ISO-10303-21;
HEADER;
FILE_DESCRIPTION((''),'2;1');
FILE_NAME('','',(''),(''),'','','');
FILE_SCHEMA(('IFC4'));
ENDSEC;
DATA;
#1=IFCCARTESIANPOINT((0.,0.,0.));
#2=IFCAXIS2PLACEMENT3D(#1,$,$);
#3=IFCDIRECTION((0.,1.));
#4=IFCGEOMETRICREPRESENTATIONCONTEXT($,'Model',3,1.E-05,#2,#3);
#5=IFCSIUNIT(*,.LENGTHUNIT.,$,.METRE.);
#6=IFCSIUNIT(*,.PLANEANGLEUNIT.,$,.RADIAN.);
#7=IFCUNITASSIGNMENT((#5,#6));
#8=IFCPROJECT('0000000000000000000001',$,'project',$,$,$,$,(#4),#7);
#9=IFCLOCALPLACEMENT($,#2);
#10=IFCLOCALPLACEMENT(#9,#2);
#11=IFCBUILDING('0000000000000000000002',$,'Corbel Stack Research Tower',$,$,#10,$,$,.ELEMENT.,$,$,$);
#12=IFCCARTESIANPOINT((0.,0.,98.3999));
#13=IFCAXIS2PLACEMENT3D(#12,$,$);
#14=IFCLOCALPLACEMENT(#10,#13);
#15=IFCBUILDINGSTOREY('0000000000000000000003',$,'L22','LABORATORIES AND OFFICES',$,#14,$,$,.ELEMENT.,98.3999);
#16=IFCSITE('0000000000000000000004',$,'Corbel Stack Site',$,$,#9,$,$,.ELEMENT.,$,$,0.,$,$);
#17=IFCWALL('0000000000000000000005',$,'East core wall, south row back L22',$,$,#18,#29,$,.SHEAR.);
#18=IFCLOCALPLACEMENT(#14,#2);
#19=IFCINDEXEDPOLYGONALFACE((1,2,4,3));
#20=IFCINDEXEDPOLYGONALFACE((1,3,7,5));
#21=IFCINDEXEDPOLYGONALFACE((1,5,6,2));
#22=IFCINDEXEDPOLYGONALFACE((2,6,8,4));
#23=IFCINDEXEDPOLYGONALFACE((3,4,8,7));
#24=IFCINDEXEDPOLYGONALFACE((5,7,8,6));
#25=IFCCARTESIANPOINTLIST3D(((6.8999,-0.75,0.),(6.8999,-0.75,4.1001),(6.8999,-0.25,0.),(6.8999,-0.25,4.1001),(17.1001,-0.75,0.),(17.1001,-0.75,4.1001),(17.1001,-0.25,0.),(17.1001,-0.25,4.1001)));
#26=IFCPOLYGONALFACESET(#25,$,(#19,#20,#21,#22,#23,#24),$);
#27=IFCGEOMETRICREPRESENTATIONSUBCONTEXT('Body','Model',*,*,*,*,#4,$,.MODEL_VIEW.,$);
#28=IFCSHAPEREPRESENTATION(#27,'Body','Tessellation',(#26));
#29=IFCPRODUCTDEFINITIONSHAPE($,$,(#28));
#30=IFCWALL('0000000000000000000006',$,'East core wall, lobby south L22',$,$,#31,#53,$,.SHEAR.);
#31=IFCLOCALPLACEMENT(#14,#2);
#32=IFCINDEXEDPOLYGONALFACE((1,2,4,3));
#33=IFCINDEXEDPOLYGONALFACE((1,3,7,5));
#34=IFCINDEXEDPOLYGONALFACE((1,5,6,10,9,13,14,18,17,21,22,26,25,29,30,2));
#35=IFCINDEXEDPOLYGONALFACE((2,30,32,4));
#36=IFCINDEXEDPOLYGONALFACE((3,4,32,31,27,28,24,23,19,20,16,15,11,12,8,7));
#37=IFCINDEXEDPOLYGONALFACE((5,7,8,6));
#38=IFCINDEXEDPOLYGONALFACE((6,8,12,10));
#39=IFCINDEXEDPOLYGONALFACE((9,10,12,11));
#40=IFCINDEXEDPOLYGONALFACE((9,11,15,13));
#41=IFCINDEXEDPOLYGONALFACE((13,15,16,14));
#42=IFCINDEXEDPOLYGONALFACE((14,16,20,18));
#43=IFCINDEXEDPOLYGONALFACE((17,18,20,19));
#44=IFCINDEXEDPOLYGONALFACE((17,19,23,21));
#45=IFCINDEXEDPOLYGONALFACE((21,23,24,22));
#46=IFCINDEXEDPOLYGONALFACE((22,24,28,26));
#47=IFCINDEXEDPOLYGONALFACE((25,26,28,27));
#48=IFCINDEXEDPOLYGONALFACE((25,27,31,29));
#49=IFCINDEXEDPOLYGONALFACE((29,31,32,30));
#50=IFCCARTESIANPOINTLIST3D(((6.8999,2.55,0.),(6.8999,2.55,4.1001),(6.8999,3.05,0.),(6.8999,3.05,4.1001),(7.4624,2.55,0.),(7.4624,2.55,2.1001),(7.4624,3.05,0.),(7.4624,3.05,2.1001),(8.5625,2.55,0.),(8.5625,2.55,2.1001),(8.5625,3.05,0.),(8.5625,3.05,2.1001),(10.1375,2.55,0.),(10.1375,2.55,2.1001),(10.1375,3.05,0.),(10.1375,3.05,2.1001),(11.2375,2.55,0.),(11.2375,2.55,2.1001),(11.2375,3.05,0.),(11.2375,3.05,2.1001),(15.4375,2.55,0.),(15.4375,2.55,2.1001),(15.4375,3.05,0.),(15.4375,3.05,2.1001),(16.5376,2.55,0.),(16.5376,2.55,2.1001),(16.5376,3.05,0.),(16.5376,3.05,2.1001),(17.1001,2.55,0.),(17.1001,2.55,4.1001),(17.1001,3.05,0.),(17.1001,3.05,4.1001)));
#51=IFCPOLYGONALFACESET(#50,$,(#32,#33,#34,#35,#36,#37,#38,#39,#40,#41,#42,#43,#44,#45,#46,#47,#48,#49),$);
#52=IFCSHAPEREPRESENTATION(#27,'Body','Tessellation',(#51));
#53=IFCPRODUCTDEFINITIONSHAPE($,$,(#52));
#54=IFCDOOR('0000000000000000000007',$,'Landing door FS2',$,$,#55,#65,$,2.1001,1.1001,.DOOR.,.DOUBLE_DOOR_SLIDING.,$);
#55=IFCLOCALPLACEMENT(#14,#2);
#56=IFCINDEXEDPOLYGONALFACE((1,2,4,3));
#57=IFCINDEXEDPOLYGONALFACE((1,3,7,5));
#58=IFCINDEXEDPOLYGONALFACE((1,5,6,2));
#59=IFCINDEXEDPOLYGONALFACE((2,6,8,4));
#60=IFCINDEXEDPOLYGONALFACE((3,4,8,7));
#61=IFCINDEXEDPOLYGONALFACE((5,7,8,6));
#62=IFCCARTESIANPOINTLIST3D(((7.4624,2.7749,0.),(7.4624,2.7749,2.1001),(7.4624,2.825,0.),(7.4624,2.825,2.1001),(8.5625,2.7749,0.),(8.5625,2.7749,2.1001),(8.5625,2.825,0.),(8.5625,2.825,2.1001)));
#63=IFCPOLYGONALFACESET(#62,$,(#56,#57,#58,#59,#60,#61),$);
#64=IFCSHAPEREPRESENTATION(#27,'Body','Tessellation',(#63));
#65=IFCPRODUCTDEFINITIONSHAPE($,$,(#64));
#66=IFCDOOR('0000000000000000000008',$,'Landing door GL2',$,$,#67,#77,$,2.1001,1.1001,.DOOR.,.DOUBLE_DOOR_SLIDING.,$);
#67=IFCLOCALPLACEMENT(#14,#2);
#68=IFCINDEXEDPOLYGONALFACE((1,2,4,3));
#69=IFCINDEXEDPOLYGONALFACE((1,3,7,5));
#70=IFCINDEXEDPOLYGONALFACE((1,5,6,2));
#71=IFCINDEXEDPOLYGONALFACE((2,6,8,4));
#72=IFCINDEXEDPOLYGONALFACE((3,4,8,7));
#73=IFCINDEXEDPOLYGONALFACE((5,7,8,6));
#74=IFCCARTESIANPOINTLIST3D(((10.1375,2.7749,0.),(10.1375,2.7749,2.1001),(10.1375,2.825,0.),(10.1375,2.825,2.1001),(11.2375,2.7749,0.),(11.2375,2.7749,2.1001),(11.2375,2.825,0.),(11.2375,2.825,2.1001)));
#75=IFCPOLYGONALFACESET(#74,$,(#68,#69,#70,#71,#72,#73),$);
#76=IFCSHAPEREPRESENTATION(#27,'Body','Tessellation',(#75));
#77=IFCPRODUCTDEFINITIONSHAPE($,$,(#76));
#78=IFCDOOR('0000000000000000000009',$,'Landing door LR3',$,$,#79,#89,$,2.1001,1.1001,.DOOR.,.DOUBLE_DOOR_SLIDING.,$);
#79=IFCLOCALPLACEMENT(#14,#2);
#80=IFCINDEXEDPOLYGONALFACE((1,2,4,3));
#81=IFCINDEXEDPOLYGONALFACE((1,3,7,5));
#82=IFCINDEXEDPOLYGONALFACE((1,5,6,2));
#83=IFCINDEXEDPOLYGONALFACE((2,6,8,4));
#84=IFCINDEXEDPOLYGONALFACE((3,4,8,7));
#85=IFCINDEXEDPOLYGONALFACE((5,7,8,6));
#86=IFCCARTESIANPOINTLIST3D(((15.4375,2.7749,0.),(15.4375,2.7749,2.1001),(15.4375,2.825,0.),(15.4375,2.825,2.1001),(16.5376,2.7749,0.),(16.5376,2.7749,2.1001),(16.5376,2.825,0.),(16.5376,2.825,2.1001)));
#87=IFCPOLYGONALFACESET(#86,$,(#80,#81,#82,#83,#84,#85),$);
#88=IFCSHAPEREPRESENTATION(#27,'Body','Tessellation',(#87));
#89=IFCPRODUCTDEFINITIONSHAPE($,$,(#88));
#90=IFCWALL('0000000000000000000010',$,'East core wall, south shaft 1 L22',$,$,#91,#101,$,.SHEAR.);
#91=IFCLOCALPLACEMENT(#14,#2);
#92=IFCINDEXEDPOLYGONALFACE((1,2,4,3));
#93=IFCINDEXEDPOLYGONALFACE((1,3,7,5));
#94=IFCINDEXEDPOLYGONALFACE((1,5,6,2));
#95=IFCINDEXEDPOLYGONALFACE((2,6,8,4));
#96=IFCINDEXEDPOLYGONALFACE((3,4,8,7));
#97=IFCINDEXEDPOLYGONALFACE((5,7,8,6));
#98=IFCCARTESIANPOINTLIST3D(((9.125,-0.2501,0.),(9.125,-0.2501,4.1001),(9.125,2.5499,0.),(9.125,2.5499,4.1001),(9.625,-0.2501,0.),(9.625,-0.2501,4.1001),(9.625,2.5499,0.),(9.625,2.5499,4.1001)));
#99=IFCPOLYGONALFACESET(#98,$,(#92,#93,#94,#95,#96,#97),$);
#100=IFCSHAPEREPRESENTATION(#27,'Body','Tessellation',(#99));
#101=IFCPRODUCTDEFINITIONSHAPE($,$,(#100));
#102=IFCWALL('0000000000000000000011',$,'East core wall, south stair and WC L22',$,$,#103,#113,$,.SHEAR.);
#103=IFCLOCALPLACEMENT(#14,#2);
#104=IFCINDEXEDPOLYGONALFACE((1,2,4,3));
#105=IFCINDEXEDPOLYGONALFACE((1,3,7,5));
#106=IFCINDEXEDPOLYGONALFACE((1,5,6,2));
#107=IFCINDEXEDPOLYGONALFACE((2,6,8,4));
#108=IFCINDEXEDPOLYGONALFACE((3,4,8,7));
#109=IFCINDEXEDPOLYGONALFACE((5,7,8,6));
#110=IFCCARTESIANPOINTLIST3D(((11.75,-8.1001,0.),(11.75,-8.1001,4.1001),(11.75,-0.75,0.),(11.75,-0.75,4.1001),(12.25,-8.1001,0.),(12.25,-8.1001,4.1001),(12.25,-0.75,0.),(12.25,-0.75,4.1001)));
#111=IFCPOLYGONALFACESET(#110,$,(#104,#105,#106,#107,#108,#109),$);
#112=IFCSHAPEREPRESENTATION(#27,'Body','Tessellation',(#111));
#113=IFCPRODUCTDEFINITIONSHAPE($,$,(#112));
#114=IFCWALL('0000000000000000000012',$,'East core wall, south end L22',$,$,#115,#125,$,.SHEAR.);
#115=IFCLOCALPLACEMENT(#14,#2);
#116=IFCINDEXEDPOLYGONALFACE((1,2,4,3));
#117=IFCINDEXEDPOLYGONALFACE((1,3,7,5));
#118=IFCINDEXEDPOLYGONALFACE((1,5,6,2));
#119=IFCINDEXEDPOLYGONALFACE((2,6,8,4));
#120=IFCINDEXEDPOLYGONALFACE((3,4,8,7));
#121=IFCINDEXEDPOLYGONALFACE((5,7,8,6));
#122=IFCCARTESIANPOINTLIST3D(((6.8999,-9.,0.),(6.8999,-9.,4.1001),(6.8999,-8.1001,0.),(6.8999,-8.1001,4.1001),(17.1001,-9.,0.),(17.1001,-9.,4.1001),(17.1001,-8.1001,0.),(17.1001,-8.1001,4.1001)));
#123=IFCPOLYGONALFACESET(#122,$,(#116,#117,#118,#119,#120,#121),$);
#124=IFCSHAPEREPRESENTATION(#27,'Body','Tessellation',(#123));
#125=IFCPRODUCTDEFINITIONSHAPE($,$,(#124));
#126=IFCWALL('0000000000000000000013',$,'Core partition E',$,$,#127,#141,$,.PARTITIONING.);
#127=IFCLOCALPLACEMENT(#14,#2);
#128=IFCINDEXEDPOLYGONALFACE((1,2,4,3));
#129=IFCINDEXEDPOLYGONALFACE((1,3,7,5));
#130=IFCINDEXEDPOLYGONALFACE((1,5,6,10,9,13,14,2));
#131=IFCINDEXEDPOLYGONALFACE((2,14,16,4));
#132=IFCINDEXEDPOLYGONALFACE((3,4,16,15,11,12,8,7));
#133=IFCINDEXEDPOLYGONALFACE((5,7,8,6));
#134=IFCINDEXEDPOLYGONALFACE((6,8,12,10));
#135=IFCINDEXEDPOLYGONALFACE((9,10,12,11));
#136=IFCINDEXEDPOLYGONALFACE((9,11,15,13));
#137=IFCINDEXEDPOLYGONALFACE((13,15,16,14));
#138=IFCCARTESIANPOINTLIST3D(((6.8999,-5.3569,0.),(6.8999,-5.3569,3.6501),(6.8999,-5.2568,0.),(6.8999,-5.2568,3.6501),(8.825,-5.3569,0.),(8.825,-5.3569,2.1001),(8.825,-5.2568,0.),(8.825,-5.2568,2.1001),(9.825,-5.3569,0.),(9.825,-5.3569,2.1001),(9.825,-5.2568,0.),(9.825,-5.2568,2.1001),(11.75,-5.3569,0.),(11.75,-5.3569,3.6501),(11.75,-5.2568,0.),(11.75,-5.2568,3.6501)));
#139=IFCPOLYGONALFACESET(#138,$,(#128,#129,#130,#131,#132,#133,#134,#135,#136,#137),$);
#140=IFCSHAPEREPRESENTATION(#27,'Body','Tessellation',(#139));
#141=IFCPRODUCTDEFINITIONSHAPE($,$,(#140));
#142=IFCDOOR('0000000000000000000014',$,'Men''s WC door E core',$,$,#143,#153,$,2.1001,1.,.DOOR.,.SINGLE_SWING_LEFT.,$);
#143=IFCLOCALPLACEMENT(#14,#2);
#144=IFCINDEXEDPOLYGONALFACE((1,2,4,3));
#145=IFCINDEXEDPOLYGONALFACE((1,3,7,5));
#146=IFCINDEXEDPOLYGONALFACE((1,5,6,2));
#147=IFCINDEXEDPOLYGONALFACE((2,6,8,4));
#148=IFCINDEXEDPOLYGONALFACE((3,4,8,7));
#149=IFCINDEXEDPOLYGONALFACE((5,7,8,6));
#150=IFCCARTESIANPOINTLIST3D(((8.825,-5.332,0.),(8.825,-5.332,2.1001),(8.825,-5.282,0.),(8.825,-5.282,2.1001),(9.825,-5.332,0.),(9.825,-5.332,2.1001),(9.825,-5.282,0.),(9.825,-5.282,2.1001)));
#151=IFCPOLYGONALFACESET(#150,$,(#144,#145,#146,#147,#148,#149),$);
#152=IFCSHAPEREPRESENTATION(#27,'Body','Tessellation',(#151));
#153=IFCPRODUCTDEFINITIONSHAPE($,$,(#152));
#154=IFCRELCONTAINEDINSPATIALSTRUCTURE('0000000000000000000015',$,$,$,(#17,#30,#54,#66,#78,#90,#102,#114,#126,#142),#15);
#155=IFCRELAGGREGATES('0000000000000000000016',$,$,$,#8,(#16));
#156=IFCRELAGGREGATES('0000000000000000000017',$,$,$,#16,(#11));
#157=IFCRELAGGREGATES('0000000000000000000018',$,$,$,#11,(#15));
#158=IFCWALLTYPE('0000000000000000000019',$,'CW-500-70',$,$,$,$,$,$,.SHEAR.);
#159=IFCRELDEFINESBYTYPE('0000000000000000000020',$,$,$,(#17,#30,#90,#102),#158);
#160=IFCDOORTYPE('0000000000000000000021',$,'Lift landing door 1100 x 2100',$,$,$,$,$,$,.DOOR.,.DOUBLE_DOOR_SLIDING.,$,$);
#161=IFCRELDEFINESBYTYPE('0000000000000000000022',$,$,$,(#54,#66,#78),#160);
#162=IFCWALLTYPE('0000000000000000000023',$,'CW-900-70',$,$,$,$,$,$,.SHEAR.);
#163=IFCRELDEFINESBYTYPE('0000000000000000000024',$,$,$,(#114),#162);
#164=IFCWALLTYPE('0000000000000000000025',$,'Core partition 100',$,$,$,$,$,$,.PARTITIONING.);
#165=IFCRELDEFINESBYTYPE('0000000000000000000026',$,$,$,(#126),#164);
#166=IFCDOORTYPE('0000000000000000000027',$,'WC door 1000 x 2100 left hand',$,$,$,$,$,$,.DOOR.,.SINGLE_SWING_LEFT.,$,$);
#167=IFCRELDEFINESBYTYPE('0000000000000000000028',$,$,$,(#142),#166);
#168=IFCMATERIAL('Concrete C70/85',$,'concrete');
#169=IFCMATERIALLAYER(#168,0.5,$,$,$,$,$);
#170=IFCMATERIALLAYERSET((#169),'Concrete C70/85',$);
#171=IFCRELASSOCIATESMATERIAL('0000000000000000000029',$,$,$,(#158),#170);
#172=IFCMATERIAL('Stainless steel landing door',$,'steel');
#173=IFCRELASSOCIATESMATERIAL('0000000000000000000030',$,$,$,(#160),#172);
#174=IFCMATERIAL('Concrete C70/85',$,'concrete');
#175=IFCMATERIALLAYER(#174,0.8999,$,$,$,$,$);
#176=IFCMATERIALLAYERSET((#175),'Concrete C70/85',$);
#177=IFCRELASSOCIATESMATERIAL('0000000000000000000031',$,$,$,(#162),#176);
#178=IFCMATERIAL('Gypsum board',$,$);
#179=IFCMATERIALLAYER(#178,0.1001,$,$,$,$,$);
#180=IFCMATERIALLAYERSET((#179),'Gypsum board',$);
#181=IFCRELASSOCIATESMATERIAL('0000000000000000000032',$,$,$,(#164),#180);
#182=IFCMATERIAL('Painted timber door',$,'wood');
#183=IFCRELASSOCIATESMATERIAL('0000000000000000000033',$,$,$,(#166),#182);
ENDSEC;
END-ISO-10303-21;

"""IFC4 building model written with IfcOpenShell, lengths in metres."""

from ifc_helpers import new_model, si_unit, direction, frame, frame_2d, origin, place, context, subcontext, project, spatial, rectangle, extrude, material, layer, layer_set, type_object, element, fill, save


model = new_model("IFC4")

# Units and contexts
model_context = context("Model", 3, precision=1e-05, world=origin(), true_north=direction((0.0, 1.0)))
body_context = subcontext(model_context, "Body", "Model", "MODEL_VIEW")
ifc_project = project(units=[si_unit("LENGTHUNIT", "METRE"), si_unit("PLANEANGLEUNIT", "RADIAN")], contexts=[model_context])

# Site, building, storey
site_placement = place(None, origin())
site = spatial("IfcSite", under=ifc_project, at=site_placement, Name="Corbel Stack Site", CompositionType="ELEMENT", RefElevation=0.0)
building_placement = place(site_placement, origin())
building = spatial("IfcBuilding", under=site, at=building_placement, Name="Corbel Stack Research Tower", CompositionType="ELEMENT")
storey_placement = place(building_placement, frame((0.0, 0.0, 98.3999)))
storey = spatial("IfcBuildingStorey", under=building, at=storey_placement, Name="L22", Description="LABORATORIES AND OFFICES", CompositionType="ELEMENT", Elevation=98.3999)

# Wall
ifc_material_1 = material(Name="Concrete C70/85", Category="concrete")
ifc_layer_1 = layer(ifc_material_1, 0.5)
ifc_layer_set_1 = layer_set([ifc_layer_1], Name="Concrete C70/85")
wall_type_1 = type_object("IfcWallType", Name="CW-500-70", PredefinedType="SHEAR", material=ifc_layer_set_1)
wall_1_placement = place(storey_placement, frame((6.8999, -0.5, 0.0), z_axis=(0.0, 0.0, 1.0), x_axis=(1.0, 0.0, 0.0)))
element("IfcWall", 1, at=wall_1_placement, inside=storey, type_object=wall_type_1, Name="East core wall, south row back L22", PredefinedType="SHEAR", context=body_context, shape_type="SweptSolid", body=[
    extrude(rectangle(XDim=10.2002, YDim=0.5, at=frame_2d((5.1001, 0.0))), origin(), (0.0, 0.0, 1.0), 4.1001),
])

# Wall, openings, doors
wall_2_placement = place(storey_placement, frame((6.8999, 2.8, 0.0), z_axis=(0.0, 0.0, 1.0), x_axis=(1.0, 0.0, 0.0)))
wall_2 = element("IfcWall", 2, at=wall_2_placement, inside=storey, type_object=wall_type_1, Name="East core wall, lobby south L22", PredefinedType="SHEAR", context=body_context, shape_type="SweptSolid", body=[
    extrude(rectangle(XDim=10.2002, YDim=0.5, at=frame_2d((5.1001, 0.0))), origin(), (0.0, 0.0, 1.0), 4.1001),
])
opening_1_placement = place(wall_2_placement, frame((0.5625, 0.0, 0.0)))
opening_1 = element("IfcOpeningElement", 3, at=opening_1_placement, cuts=wall_2, PredefinedType="OPENING", context=body_context, shape_type="SweptSolid", body=[
    extrude(rectangle(XDim=1.1001, YDim=2.1001, at=frame_2d((0.55, 1.05))), frame((0.0, 0.26, 0.0), z_axis=(0.0, -1.0, 0.0), x_axis=(1.0, 0.0, 0.0)), (0.0, 0.0, 1.0), 0.52),
])
opening_2_placement = place(wall_2_placement, frame((3.2375, 0.0, 0.0)))
opening_2 = element("IfcOpeningElement", 4, at=opening_2_placement, cuts=wall_2, PredefinedType="OPENING", context=body_context, shape_type="SweptSolid", body=[
    extrude(rectangle(XDim=1.1001, YDim=2.1001, at=frame_2d((0.55, 1.05))), frame((0.0, 0.26, 0.0), z_axis=(0.0, -1.0, 0.0), x_axis=(1.0, 0.0, 0.0)), (0.0, 0.0, 1.0), 0.52),
])
opening_3_placement = place(wall_2_placement, frame((8.5376, 0.0, 0.0)))
opening_3 = element("IfcOpeningElement", 5, at=opening_3_placement, cuts=wall_2, PredefinedType="OPENING", context=body_context, shape_type="SweptSolid", body=[
    extrude(rectangle(XDim=1.1001, YDim=2.1001, at=frame_2d((0.55, 1.05))), frame((0.0, 0.26, 0.0), z_axis=(0.0, -1.0, 0.0), x_axis=(1.0, 0.0, 0.0)), (0.0, 0.0, 1.0), 0.52),
])
ifc_material_2 = material(Name="Stainless steel landing door", Category="steel")
door_type_1 = type_object("IfcDoorType", Name="Lift landing door 1100 x 2100", OperationType="DOUBLE_DOOR_SLIDING", PredefinedType="DOOR", material=ifc_material_2)
door_1_placement = place(opening_1_placement, origin())
door_1 = element("IfcDoor", 6, at=door_1_placement, inside=storey, type_object=door_type_1, Name="Landing door FS2", OperationType="DOUBLE_DOOR_SLIDING", OverallHeight=2.1001, OverallWidth=1.1001, PredefinedType="DOOR", context=body_context, shape_type="SweptSolid", body=[
    extrude(rectangle(XDim=1.1001, YDim=2.1001, at=frame_2d((0.55, 1.05))), frame((0.0, 0.0249, 0.0), z_axis=(0.0, -1.0, 0.0), x_axis=(1.0, 0.0, 0.0)), (0.0, 0.0, 1.0), 0.05),
])
fill(opening_1, door_1)
door_2_placement = place(opening_2_placement, origin())
door_2 = element("IfcDoor", 7, at=door_2_placement, inside=storey, type_object=door_type_1, Name="Landing door GL2", OperationType="DOUBLE_DOOR_SLIDING", OverallHeight=2.1001, OverallWidth=1.1001, PredefinedType="DOOR", context=body_context, shape_type="SweptSolid", body=[
    extrude(rectangle(XDim=1.1001, YDim=2.1001, at=frame_2d((0.55, 1.05))), frame((0.0, 0.0249, 0.0), z_axis=(0.0, -1.0, 0.0), x_axis=(1.0, 0.0, 0.0)), (0.0, 0.0, 1.0), 0.05),
])
fill(opening_2, door_2)
door_3_placement = place(opening_3_placement, origin())
door_3 = element("IfcDoor", 8, at=door_3_placement, inside=storey, type_object=door_type_1, Name="Landing door LR3", OperationType="DOUBLE_DOOR_SLIDING", OverallHeight=2.1001, OverallWidth=1.1001, PredefinedType="DOOR", context=body_context, shape_type="SweptSolid", body=[
    extrude(rectangle(XDim=1.1001, YDim=2.1001, at=frame_2d((0.55, 1.05))), frame((0.0, 0.0249, 0.0), z_axis=(0.0, -1.0, 0.0), x_axis=(1.0, 0.0, 0.0)), (0.0, 0.0, 1.0), 0.05),
])
fill(opening_3, door_3)

# Walls
wall_3_placement = place(storey_placement, frame((9.375, -0.25, 0.0), z_axis=(0.0, 0.0, 1.0), x_axis=(0.0, 1.0, 0.0)))
element("IfcWall", 9, at=wall_3_placement, inside=storey, type_object=wall_type_1, Name="East core wall, south shaft 1 L22", PredefinedType="SHEAR", context=body_context, shape_type="SweptSolid", body=[
    extrude(rectangle(XDim=2.8, YDim=0.5, at=frame_2d((1.3999, 0.0))), origin(), (0.0, 0.0, 1.0), 4.1001),
])
wall_4_placement = place(storey_placement, frame((12.0, -8.1001, 0.0), z_axis=(0.0, 0.0, 1.0), x_axis=(0.0, 1.0, 0.0)))
element("IfcWall", 10, at=wall_4_placement, inside=storey, type_object=wall_type_1, Name="East core wall, south stair and WC L22", PredefinedType="SHEAR", context=body_context, shape_type="SweptSolid", body=[
    extrude(rectangle(XDim=7.3501, YDim=0.5, at=frame_2d((3.675, 0.0))), origin(), (0.0, 0.0, 1.0), 4.1001),
])

# Shared definitions
ifc_material_3 = material(Name="Concrete C70/85", Category="concrete")
ifc_layer_2 = layer(ifc_material_3, 0.8999)
ifc_layer_set_2 = layer_set([ifc_layer_2], Name="Concrete C70/85")
wall_type_2 = type_object("IfcWallType", Name="CW-900-70", PredefinedType="SHEAR", material=ifc_layer_set_2)

# Wall
wall_5_placement = place(storey_placement, frame((6.8999, -8.55, 0.0), z_axis=(0.0, 0.0, 1.0), x_axis=(1.0, 0.0, 0.0)))
element("IfcWall", 11, at=wall_5_placement, inside=storey, type_object=wall_type_2, Name="East core wall, south end L22", PredefinedType="SHEAR", context=body_context, shape_type="SweptSolid", body=[
    extrude(rectangle(XDim=10.2002, YDim=0.8999, at=frame_2d((5.1001, 0.0))), origin(), (0.0, 0.0, 1.0), 4.1001),
])

# Wall, opening, door
ifc_material_4 = material(Name="Gypsum board")
ifc_layer_3 = layer(ifc_material_4, 0.1001)
ifc_layer_set_3 = layer_set([ifc_layer_3], Name="Gypsum board")
wall_type_3 = type_object("IfcWallType", Name="Core partition 100", PredefinedType="PARTITIONING", material=ifc_layer_set_3)
wall_6_placement = place(storey_placement, frame((6.8999, -5.3069, 0.0), z_axis=(0.0, 0.0, 1.0), x_axis=(1.0, 0.0, 0.0)))
wall_6 = element("IfcWall", 12, at=wall_6_placement, inside=storey, type_object=wall_type_3, Name="Core partition E", PredefinedType="PARTITIONING", context=body_context, shape_type="SweptSolid", body=[
    extrude(rectangle(XDim=4.8501, YDim=0.1001, at=frame_2d((2.425, 0.0))), origin(), (0.0, 0.0, 1.0), 3.6501),
])
opening_4_placement = place(wall_6_placement, frame((1.925, 0.0, 0.0)))
opening_4 = element("IfcOpeningElement", 13, at=opening_4_placement, cuts=wall_6, PredefinedType="OPENING", context=body_context, shape_type="SweptSolid", body=[
    extrude(rectangle(XDim=1.0, YDim=2.1001, at=frame_2d((0.5, 1.05))), frame((0.0, 0.0601, 0.0), z_axis=(0.0, -1.0, 0.0), x_axis=(1.0, 0.0, 0.0)), (0.0, 0.0, 1.0), 0.1201),
])
ifc_material_5 = material(Name="Painted timber door", Category="wood")
door_type_2 = type_object("IfcDoorType", Name="WC door 1000 x 2100 left hand", OperationType="SINGLE_SWING_LEFT", PredefinedType="DOOR", material=ifc_material_5)
door_4_placement = place(opening_4_placement, origin())
door_4 = element("IfcDoor", 14, at=door_4_placement, inside=storey, type_object=door_type_2, Name="Men's WC door E core", OperationType="SINGLE_SWING_LEFT", OverallHeight=2.1001, OverallWidth=1.0, PredefinedType="DOOR", context=body_context, shape_type="SweptSolid", body=[
    extrude(rectangle(XDim=1.0, YDim=2.1001, at=frame_2d((0.5, 1.05))), frame((0.0, 0.0249, 0.0), z_axis=(0.0, -1.0, 0.0), x_axis=(1.0, 0.0, 0.0)), (0.0, 0.0, 1.0), 0.05),
])
fill(opening_4, door_4)

save(model, "model.ifc")
